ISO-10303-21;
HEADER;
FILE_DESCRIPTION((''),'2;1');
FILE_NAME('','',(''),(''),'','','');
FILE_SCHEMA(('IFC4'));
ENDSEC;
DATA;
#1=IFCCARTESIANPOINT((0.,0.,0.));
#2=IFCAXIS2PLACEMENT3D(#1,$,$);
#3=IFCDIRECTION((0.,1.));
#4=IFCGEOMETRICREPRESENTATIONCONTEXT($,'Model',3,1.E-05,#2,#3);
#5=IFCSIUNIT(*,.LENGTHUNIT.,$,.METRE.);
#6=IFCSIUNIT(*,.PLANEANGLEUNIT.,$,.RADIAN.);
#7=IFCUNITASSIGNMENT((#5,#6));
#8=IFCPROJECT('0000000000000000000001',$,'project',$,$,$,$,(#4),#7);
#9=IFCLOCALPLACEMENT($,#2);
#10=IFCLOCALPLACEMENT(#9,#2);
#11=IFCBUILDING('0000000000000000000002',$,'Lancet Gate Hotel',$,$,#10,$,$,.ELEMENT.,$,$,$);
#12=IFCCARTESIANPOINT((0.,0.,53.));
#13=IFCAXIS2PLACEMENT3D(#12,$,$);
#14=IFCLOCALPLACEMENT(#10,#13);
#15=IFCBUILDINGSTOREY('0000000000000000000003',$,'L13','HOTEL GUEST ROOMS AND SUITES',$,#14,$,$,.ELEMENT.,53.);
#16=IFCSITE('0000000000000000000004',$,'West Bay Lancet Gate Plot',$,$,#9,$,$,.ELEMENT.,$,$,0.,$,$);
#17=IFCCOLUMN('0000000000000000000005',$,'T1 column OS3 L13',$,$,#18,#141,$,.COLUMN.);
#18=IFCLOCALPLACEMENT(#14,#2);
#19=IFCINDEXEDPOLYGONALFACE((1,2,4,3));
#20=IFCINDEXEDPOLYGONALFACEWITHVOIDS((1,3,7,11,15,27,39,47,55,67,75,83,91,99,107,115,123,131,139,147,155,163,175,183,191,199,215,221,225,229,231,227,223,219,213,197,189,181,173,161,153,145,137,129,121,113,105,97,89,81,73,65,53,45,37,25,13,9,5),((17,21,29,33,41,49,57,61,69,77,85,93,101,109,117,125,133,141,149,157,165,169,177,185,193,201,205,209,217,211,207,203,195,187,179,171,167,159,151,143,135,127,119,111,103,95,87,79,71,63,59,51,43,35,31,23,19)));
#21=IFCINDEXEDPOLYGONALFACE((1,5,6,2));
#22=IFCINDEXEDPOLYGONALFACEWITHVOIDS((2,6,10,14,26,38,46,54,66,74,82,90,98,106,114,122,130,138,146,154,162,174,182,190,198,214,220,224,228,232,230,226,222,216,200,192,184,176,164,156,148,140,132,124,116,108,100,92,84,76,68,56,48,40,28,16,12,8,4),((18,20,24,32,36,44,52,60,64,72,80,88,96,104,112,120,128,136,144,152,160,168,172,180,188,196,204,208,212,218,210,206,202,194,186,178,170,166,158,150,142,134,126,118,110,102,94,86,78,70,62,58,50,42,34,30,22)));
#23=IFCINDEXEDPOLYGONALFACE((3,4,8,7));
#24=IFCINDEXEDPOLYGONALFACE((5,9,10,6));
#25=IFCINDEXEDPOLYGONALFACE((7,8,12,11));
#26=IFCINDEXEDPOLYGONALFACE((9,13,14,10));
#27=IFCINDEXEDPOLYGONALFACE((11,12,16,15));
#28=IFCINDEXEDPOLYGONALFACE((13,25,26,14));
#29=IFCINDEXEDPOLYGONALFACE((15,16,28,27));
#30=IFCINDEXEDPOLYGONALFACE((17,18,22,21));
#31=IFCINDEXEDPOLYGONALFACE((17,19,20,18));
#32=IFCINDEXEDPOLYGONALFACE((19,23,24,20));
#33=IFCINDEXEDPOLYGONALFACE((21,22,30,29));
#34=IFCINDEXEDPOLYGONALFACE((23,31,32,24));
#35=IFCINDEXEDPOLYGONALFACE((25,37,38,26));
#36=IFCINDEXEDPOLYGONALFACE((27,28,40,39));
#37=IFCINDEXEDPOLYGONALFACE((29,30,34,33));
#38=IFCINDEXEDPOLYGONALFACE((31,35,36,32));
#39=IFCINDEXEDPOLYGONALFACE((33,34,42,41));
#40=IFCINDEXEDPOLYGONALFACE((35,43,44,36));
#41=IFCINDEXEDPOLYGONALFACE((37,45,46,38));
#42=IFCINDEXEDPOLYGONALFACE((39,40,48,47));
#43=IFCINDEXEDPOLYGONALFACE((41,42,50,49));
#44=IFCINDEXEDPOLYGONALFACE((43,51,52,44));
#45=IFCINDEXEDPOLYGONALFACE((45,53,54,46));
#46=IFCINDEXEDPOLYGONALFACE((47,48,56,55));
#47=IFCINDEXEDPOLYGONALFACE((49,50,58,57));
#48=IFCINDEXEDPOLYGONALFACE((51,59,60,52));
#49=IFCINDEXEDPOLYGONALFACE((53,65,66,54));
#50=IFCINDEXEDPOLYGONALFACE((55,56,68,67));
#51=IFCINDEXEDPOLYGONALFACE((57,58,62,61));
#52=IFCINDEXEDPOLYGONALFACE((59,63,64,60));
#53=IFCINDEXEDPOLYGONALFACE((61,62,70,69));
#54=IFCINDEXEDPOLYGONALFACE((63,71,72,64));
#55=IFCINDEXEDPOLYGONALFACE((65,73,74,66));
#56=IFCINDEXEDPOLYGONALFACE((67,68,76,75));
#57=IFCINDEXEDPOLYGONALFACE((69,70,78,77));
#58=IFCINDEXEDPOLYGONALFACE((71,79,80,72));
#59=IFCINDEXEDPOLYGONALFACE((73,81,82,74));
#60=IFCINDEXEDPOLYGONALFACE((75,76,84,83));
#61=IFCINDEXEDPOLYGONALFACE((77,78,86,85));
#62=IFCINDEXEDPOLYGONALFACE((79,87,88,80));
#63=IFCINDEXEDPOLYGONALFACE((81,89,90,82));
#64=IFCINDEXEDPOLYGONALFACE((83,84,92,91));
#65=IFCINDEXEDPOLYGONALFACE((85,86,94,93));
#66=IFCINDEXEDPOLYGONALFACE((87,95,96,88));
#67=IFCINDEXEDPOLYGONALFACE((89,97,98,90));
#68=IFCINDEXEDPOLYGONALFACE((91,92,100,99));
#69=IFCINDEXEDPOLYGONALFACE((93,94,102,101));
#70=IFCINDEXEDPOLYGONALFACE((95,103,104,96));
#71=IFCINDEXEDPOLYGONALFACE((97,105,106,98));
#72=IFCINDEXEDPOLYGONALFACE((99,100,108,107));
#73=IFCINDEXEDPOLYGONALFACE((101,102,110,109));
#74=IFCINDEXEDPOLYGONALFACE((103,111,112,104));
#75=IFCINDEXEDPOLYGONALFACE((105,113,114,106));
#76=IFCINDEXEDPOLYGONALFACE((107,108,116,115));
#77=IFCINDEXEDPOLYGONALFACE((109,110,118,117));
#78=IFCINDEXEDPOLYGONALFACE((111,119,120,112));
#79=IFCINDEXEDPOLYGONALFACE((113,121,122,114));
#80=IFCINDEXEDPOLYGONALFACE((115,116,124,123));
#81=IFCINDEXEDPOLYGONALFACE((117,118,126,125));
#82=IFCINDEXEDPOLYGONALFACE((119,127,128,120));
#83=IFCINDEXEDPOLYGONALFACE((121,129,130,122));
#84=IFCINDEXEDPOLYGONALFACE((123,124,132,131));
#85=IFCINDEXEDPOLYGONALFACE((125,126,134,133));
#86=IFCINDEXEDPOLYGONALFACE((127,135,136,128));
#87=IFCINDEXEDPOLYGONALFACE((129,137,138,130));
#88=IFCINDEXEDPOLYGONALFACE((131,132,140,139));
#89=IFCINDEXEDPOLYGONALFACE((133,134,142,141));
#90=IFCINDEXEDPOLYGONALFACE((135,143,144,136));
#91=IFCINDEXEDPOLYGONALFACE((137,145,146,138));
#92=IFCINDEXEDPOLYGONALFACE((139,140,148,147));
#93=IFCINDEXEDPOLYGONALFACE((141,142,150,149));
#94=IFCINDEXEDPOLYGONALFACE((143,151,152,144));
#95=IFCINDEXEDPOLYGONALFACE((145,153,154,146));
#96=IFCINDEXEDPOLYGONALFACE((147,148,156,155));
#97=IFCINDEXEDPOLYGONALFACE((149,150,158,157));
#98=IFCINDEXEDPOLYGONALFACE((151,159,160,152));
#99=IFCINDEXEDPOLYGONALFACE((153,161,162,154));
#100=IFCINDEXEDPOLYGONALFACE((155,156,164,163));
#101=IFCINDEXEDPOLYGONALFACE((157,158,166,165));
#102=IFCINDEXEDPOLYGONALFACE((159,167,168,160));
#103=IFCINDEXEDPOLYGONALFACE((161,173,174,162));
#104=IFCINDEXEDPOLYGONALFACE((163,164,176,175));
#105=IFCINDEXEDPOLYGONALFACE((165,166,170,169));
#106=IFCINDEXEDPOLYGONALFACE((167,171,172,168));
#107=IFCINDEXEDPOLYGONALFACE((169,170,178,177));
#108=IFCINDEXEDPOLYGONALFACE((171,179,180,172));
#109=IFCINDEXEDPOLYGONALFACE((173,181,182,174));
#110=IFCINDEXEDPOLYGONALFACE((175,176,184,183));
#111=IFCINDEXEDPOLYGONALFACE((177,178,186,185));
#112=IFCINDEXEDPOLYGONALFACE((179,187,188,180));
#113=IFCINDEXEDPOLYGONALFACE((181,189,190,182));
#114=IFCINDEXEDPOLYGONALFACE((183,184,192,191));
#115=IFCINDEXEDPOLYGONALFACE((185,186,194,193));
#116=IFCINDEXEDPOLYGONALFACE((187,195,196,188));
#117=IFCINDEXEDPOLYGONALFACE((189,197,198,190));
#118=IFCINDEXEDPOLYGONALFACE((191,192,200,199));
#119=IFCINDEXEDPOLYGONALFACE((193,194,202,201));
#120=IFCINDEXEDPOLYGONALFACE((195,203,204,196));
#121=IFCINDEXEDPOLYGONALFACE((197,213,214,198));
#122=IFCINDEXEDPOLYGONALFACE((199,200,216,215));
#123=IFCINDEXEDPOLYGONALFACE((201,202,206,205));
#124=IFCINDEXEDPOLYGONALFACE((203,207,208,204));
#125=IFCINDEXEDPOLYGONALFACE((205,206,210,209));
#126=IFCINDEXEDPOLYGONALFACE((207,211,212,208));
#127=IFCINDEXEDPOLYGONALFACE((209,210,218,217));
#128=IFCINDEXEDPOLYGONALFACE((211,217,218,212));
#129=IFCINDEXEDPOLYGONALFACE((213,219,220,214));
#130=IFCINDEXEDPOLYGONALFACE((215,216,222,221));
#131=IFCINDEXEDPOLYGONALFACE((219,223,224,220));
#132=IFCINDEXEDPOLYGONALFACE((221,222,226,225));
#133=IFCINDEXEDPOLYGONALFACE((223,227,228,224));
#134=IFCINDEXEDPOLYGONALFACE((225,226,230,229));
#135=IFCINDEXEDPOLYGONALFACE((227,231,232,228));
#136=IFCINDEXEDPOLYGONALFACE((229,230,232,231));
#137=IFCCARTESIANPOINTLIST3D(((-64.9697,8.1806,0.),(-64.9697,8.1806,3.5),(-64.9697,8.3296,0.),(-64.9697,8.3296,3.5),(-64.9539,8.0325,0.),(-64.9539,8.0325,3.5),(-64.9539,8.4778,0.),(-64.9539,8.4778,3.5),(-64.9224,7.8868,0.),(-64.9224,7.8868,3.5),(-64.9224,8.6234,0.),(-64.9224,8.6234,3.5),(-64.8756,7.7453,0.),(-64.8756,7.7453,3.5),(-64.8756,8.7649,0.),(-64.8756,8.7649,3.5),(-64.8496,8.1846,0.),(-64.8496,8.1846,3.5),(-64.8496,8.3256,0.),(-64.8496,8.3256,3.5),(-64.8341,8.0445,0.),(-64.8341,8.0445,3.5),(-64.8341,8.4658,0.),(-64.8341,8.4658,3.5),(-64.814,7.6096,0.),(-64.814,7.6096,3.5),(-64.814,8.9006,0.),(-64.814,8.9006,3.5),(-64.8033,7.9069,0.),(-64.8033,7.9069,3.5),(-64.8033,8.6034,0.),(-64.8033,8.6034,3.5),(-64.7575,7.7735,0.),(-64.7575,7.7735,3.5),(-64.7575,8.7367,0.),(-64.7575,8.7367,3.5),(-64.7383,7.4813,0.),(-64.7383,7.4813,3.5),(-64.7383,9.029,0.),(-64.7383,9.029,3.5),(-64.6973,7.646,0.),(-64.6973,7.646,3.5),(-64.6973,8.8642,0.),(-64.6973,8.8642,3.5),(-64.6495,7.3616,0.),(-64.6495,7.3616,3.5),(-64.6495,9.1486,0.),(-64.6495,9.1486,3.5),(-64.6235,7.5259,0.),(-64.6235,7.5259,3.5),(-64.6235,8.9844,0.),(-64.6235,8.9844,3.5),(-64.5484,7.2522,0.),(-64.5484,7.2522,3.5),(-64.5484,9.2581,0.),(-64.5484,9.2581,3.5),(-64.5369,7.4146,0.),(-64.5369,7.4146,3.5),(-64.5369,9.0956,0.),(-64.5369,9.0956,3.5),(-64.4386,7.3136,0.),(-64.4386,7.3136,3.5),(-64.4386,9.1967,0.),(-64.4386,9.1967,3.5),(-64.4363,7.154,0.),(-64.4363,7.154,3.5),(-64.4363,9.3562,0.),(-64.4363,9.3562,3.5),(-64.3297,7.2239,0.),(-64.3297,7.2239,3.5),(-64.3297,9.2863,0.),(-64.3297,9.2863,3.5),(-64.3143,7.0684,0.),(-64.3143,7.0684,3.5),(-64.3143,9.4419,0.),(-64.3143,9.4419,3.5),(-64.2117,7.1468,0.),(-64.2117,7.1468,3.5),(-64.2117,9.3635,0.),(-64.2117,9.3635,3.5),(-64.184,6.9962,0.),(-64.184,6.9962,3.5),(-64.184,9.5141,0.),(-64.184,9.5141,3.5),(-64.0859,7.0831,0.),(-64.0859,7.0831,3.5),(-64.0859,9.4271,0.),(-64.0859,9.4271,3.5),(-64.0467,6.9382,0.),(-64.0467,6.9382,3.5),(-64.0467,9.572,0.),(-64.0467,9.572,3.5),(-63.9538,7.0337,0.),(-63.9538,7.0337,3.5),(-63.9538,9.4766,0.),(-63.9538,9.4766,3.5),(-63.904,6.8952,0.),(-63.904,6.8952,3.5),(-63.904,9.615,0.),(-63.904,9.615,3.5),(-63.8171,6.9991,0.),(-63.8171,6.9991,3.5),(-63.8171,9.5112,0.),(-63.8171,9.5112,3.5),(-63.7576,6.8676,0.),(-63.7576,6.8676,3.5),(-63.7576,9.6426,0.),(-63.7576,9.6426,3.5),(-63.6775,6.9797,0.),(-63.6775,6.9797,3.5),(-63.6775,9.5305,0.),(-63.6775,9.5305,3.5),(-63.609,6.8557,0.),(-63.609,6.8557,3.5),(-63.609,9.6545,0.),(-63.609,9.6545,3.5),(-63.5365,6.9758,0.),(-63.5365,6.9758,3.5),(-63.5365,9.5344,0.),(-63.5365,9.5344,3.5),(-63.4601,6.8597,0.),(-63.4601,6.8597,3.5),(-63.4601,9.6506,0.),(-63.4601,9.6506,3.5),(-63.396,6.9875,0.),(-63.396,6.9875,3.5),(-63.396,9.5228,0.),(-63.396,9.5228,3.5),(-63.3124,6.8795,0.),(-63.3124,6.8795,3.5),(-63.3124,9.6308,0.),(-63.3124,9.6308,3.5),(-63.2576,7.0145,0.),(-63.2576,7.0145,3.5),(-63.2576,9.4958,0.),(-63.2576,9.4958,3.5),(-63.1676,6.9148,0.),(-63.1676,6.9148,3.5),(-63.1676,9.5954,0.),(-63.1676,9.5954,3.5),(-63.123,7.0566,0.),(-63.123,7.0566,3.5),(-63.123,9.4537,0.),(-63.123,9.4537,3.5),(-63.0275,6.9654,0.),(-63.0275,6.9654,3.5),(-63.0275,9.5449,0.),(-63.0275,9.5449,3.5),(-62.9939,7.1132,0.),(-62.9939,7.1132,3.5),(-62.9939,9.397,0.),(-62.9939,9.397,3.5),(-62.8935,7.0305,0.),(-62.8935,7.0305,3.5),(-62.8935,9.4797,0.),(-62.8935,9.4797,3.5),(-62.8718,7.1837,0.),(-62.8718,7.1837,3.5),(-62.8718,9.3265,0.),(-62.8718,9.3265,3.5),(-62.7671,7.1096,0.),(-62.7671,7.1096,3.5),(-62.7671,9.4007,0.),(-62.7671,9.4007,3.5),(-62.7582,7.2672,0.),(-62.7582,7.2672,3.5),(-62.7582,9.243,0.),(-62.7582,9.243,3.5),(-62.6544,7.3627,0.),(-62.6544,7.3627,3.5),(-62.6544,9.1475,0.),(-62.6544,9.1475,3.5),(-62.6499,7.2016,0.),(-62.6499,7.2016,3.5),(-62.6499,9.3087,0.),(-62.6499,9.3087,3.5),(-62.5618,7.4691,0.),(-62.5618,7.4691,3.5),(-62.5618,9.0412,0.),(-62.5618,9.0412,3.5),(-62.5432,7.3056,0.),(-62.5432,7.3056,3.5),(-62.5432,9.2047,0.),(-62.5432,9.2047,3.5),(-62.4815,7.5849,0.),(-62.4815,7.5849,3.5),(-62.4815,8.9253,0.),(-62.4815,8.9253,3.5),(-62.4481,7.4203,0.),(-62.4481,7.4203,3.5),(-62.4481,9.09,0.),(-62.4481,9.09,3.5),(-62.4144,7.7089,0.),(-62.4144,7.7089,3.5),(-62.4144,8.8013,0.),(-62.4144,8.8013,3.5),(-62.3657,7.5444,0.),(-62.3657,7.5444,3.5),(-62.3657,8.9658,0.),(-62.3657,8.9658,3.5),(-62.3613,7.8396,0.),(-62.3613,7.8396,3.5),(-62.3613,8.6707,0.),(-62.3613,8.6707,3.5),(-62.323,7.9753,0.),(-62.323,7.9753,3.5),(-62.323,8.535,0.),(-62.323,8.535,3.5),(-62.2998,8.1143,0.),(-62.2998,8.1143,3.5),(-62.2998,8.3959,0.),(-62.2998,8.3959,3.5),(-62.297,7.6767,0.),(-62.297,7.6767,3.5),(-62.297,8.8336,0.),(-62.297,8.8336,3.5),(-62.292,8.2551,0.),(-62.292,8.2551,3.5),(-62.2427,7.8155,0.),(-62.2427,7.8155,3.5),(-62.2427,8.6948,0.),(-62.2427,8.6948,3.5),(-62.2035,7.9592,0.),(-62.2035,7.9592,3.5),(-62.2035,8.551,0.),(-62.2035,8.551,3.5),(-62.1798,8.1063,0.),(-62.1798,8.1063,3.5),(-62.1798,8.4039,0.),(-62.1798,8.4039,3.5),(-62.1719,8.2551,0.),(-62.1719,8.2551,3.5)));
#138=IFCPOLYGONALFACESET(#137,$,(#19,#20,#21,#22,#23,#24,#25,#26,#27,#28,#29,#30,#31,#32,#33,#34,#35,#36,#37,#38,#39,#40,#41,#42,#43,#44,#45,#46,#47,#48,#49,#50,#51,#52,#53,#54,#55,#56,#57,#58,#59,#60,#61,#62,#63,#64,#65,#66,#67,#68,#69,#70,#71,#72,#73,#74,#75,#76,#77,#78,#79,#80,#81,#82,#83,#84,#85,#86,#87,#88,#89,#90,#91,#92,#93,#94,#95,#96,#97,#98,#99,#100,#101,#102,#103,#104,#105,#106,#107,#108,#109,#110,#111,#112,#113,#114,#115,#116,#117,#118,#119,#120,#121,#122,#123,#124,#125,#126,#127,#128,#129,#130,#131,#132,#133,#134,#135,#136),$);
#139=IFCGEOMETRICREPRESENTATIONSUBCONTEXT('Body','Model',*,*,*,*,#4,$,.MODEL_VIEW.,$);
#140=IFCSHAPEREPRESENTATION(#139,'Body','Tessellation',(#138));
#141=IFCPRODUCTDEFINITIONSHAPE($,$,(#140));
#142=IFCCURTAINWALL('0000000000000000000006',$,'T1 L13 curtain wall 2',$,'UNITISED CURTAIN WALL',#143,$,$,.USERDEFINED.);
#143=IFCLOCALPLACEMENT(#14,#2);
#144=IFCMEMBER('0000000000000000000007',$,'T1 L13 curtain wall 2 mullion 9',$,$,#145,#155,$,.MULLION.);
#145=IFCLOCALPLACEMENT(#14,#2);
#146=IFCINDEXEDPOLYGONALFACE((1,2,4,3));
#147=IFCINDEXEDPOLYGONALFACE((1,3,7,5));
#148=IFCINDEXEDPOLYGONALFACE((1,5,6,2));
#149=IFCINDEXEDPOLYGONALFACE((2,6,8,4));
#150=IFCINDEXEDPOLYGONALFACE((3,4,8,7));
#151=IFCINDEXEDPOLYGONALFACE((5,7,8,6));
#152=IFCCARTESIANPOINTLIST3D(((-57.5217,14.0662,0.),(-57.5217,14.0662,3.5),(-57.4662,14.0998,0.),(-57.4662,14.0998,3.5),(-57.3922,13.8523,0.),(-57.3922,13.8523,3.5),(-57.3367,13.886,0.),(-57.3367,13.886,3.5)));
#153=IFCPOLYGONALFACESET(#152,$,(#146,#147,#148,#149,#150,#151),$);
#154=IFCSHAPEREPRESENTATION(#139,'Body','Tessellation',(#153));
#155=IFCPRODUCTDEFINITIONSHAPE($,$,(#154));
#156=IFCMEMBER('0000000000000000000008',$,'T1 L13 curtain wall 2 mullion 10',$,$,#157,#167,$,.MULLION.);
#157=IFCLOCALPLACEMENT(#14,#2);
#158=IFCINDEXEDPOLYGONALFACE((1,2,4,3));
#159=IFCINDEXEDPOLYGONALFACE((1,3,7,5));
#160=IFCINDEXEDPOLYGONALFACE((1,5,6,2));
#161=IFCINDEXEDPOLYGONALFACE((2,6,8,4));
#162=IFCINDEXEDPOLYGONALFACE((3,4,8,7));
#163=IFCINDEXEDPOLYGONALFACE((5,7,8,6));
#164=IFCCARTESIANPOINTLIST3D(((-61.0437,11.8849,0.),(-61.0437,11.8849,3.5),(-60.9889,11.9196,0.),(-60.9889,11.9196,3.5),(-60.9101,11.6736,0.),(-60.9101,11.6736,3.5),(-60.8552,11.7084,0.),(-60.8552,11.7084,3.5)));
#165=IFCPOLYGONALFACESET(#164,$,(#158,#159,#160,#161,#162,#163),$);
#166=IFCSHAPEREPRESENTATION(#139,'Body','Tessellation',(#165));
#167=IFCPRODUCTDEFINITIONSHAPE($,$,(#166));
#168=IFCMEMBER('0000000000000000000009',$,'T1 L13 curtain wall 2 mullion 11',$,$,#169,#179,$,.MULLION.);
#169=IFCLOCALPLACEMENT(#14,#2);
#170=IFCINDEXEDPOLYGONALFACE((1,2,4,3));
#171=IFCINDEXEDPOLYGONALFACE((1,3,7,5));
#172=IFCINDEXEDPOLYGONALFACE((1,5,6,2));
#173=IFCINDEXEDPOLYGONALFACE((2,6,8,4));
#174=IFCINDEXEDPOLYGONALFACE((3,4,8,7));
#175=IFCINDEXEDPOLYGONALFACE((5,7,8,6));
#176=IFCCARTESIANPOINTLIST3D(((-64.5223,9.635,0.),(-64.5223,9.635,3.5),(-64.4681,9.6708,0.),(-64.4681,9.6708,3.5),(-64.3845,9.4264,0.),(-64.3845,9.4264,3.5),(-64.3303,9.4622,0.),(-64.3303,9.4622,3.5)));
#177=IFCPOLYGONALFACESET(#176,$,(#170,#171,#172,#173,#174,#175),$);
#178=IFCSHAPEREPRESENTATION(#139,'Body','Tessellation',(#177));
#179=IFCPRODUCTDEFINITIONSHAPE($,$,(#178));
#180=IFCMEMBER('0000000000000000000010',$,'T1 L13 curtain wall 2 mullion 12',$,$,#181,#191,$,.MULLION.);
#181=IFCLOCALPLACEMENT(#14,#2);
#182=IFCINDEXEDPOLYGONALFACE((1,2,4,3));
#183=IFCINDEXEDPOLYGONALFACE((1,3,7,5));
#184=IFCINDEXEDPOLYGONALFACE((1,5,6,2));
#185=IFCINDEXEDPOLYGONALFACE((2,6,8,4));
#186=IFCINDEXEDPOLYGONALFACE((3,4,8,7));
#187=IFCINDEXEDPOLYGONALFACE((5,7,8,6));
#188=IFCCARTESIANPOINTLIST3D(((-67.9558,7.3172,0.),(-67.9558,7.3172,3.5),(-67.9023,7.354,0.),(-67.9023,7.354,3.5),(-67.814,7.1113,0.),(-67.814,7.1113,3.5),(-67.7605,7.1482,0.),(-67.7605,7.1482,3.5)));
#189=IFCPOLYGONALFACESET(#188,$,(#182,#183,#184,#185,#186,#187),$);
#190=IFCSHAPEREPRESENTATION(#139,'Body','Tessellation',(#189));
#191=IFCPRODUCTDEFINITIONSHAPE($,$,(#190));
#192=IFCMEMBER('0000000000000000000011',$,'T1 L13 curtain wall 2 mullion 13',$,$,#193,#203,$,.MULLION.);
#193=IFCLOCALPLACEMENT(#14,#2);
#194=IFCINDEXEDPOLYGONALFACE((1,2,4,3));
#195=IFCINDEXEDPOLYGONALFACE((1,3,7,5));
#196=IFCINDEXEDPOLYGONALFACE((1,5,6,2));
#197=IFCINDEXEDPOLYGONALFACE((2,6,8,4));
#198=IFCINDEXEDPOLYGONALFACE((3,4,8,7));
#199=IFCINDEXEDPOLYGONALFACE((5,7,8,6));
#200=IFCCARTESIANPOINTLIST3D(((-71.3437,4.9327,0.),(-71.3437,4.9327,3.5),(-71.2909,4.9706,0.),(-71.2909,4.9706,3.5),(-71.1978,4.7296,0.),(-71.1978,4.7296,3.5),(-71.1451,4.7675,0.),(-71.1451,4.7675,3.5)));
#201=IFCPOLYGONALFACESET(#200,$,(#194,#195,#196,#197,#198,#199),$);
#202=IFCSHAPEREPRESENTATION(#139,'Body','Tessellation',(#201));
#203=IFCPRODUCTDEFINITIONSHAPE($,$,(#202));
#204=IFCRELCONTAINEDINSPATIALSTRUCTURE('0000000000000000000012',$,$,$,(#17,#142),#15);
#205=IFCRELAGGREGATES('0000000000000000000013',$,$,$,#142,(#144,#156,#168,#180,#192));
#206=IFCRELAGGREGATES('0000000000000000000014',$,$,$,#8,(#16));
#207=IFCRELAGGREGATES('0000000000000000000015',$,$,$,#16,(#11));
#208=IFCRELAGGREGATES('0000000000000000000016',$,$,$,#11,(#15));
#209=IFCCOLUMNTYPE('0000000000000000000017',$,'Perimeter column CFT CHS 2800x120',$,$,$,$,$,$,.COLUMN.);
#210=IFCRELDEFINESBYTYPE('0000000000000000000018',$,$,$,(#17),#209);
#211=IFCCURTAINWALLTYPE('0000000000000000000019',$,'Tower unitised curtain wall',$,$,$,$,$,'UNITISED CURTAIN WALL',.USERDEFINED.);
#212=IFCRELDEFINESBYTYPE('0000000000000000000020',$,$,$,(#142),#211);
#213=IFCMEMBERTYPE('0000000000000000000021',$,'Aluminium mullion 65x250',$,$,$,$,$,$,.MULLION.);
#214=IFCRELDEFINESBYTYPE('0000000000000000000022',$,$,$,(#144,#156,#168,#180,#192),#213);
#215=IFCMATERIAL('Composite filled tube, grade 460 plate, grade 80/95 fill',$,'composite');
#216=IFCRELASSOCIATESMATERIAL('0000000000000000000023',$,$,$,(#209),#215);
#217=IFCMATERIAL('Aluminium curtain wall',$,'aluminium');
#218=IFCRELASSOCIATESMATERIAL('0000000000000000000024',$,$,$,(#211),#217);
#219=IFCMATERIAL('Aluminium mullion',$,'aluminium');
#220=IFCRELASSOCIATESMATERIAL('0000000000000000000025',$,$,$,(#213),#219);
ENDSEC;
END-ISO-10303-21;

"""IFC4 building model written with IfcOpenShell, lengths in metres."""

from ifc_helpers import new_model, si_unit, direction, frame, origin, origin_2d, place, context, subcontext, project, spatial, rectangle, hollow_circle, extrude, material, material_profile, profile_set, type_object, element, aggregate, save


model = new_model("IFC4")

# Units and contexts
model_context = context("Model", 3, precision=1e-05, world=origin(), true_north=direction((0.0, 1.0)))
body_context = subcontext(model_context, "Body", "Model", "MODEL_VIEW")
ifc_project = project(units=[si_unit("LENGTHUNIT", "METRE"), si_unit("PLANEANGLEUNIT", "RADIAN")], contexts=[model_context])

# Site, building, storey
site_placement = place(None, origin())
site = spatial("IfcSite", under=ifc_project, at=site_placement, Name="West Bay Lancet Gate Plot", CompositionType="ELEMENT", RefElevation=0.0)
building_placement = place(site_placement, origin())
building = spatial("IfcBuilding", under=site, at=building_placement, Name="Lancet Gate Hotel", CompositionType="ELEMENT")
storey_placement = place(building_placement, frame((0.0, 0.0, 53.0)))
storey = spatial("IfcBuildingStorey", under=building, at=storey_placement, Name="L13", Description="HOTEL GUEST ROOMS AND SUITES", CompositionType="ELEMENT", Elevation=53.0)

# Column
ifc_material_1 = material(Name="Composite filled tube, grade 460 plate, grade 80/95 fill", Category="composite")
ifc_material_profile_1 = material_profile(ifc_material_1, hollow_circle(Radius=1.3999, WallThickness=0.1201, at=origin_2d()), Name="CHS 2800x120")
ifc_profile_set_1 = profile_set([ifc_material_profile_1], Name="Composite filled tube, grade 460 plate, grade 80/95 fill")
column_type_1 = type_object("IfcColumnType", Name="Perimeter column CFT CHS 2800x120", PredefinedType="COLUMN", material=ifc_profile_set_1)
column_1_placement = place(storey_placement, frame((-63.5718, 8.2551, 0.0), z_axis=(0.0, 0.0, 1.0), x_axis=(1.0, 0.0, 0.0)))
element("IfcColumn", 1, at=column_1_placement, inside=storey, type_object=column_type_1, Name="T1 column OS3 L13", PredefinedType="COLUMN", context=body_context, shape_type="SweptSolid", body=[
    extrude(hollow_circle(Radius=1.3999, WallThickness=0.1201, at=origin_2d()), origin(), (0.0, 0.0, 1.0), 3.5),
])

# Curtain wall, members
ifc_material_2 = material(Name="Aluminium curtain wall", Category="aluminium")
curtain_wall_type = type_object("IfcCurtainWallType", Name="Tower unitised curtain wall", ElementType="UNITISED CURTAIN WALL", PredefinedType="USERDEFINED", material=ifc_material_2)
curtain_wall_placement = place(storey_placement, origin())
curtain_wall = element("IfcCurtainWall", 2, at=curtain_wall_placement, inside=storey, type_object=curtain_wall_type, Name="T1 L13 curtain wall 2", ObjectType="UNITISED CURTAIN WALL", PredefinedType="USERDEFINED")
ifc_material_3 = material(Name="Aluminium mullion", Category="aluminium")
ifc_material_profile_2 = material_profile(ifc_material_3, rectangle(XDim=0.0649, YDim=0.25, at=origin_2d()), Name="MULLION 65x250")
ifc_profile_set_2 = profile_set([ifc_material_profile_2], Name="Aluminium mullion")
member_type_1 = type_object("IfcMemberType", Name="Aluminium mullion 65x250", PredefinedType="MULLION", material=ifc_profile_set_2)
member_1_placement = place(storey_placement, frame((-57.4292, 13.9761, 0.0), z_axis=(0.0, 0.0, 1.0), x_axis=(-0.855346, -0.518057, 0.0)))
member_1 = element("IfcMember", 3, at=member_1_placement, type_object=member_type_1, Name="T1 L13 curtain wall 2 mullion 9", PredefinedType="MULLION", context=body_context, shape_type="SweptSolid", body=[
    extrude(rectangle(XDim=0.0649, YDim=0.25, at=origin_2d()), origin(), (0.0, 0.0, 1.0), 3.5),
])
member_2_placement = place(storey_placement, frame((-60.9495, 11.7966, 0.0), z_axis=(0.0, 0.0, 1.0), x_axis=(-0.845029, -0.53472, 0.0)))
member_2 = element("IfcMember", 4, at=member_2_placement, type_object=member_type_1, Name="T1 L13 curtain wall 2 mullion 10", PredefinedType="MULLION", context=body_context, shape_type="SweptSolid", body=[
    extrude(rectangle(XDim=0.0649, YDim=0.25, at=origin_2d()), origin(), (0.0, 0.0, 1.0), 3.5),
])
member_3_placement = place(storey_placement, frame((-64.4263, 9.5486, 0.0), z_axis=(0.0, 0.0, 1.0), x_axis=(-0.834387, -0.551178, 0.0)))
member_3 = element("IfcMember", 5, at=member_3_placement, type_object=member_type_1, Name="T1 L13 curtain wall 2 mullion 11", PredefinedType="MULLION", context=body_context, shape_type="SweptSolid", body=[
    extrude(rectangle(XDim=0.0649, YDim=0.25, at=origin_2d()), origin(), (0.0, 0.0, 1.0), 3.5),
])
member_4_placement = place(storey_placement, frame((-67.8582, 7.2327, 0.0), z_axis=(0.0, 0.0, 1.0), x_axis=(-0.823425, -0.567425, 0.0)))
member_4 = element("IfcMember", 6, at=member_4_placement, type_object=member_type_1, Name="T1 L13 curtain wall 2 mullion 12", PredefinedType="MULLION", context=body_context, shape_type="SweptSolid", body=[
    extrude(rectangle(XDim=0.0649, YDim=0.25, at=origin_2d()), origin(), (0.0, 0.0, 1.0), 3.5),
])
member_5_placement = place(storey_placement, frame((-71.2444, 4.8501, 0.0), z_axis=(0.0, 0.0, 1.0), x_axis=(-0.812147, -0.583453, 0.0)))
member_5 = element("IfcMember", 7, at=member_5_placement, type_object=member_type_1, Name="T1 L13 curtain wall 2 mullion 13", PredefinedType="MULLION", context=body_context, shape_type="SweptSolid", body=[
    extrude(rectangle(XDim=0.0649, YDim=0.25, at=origin_2d()), origin(), (0.0, 0.0, 1.0), 3.5),
])

aggregate(curtain_wall, [member_1, member_2, member_3, member_4, member_5])

save(model, "model.ifc")
